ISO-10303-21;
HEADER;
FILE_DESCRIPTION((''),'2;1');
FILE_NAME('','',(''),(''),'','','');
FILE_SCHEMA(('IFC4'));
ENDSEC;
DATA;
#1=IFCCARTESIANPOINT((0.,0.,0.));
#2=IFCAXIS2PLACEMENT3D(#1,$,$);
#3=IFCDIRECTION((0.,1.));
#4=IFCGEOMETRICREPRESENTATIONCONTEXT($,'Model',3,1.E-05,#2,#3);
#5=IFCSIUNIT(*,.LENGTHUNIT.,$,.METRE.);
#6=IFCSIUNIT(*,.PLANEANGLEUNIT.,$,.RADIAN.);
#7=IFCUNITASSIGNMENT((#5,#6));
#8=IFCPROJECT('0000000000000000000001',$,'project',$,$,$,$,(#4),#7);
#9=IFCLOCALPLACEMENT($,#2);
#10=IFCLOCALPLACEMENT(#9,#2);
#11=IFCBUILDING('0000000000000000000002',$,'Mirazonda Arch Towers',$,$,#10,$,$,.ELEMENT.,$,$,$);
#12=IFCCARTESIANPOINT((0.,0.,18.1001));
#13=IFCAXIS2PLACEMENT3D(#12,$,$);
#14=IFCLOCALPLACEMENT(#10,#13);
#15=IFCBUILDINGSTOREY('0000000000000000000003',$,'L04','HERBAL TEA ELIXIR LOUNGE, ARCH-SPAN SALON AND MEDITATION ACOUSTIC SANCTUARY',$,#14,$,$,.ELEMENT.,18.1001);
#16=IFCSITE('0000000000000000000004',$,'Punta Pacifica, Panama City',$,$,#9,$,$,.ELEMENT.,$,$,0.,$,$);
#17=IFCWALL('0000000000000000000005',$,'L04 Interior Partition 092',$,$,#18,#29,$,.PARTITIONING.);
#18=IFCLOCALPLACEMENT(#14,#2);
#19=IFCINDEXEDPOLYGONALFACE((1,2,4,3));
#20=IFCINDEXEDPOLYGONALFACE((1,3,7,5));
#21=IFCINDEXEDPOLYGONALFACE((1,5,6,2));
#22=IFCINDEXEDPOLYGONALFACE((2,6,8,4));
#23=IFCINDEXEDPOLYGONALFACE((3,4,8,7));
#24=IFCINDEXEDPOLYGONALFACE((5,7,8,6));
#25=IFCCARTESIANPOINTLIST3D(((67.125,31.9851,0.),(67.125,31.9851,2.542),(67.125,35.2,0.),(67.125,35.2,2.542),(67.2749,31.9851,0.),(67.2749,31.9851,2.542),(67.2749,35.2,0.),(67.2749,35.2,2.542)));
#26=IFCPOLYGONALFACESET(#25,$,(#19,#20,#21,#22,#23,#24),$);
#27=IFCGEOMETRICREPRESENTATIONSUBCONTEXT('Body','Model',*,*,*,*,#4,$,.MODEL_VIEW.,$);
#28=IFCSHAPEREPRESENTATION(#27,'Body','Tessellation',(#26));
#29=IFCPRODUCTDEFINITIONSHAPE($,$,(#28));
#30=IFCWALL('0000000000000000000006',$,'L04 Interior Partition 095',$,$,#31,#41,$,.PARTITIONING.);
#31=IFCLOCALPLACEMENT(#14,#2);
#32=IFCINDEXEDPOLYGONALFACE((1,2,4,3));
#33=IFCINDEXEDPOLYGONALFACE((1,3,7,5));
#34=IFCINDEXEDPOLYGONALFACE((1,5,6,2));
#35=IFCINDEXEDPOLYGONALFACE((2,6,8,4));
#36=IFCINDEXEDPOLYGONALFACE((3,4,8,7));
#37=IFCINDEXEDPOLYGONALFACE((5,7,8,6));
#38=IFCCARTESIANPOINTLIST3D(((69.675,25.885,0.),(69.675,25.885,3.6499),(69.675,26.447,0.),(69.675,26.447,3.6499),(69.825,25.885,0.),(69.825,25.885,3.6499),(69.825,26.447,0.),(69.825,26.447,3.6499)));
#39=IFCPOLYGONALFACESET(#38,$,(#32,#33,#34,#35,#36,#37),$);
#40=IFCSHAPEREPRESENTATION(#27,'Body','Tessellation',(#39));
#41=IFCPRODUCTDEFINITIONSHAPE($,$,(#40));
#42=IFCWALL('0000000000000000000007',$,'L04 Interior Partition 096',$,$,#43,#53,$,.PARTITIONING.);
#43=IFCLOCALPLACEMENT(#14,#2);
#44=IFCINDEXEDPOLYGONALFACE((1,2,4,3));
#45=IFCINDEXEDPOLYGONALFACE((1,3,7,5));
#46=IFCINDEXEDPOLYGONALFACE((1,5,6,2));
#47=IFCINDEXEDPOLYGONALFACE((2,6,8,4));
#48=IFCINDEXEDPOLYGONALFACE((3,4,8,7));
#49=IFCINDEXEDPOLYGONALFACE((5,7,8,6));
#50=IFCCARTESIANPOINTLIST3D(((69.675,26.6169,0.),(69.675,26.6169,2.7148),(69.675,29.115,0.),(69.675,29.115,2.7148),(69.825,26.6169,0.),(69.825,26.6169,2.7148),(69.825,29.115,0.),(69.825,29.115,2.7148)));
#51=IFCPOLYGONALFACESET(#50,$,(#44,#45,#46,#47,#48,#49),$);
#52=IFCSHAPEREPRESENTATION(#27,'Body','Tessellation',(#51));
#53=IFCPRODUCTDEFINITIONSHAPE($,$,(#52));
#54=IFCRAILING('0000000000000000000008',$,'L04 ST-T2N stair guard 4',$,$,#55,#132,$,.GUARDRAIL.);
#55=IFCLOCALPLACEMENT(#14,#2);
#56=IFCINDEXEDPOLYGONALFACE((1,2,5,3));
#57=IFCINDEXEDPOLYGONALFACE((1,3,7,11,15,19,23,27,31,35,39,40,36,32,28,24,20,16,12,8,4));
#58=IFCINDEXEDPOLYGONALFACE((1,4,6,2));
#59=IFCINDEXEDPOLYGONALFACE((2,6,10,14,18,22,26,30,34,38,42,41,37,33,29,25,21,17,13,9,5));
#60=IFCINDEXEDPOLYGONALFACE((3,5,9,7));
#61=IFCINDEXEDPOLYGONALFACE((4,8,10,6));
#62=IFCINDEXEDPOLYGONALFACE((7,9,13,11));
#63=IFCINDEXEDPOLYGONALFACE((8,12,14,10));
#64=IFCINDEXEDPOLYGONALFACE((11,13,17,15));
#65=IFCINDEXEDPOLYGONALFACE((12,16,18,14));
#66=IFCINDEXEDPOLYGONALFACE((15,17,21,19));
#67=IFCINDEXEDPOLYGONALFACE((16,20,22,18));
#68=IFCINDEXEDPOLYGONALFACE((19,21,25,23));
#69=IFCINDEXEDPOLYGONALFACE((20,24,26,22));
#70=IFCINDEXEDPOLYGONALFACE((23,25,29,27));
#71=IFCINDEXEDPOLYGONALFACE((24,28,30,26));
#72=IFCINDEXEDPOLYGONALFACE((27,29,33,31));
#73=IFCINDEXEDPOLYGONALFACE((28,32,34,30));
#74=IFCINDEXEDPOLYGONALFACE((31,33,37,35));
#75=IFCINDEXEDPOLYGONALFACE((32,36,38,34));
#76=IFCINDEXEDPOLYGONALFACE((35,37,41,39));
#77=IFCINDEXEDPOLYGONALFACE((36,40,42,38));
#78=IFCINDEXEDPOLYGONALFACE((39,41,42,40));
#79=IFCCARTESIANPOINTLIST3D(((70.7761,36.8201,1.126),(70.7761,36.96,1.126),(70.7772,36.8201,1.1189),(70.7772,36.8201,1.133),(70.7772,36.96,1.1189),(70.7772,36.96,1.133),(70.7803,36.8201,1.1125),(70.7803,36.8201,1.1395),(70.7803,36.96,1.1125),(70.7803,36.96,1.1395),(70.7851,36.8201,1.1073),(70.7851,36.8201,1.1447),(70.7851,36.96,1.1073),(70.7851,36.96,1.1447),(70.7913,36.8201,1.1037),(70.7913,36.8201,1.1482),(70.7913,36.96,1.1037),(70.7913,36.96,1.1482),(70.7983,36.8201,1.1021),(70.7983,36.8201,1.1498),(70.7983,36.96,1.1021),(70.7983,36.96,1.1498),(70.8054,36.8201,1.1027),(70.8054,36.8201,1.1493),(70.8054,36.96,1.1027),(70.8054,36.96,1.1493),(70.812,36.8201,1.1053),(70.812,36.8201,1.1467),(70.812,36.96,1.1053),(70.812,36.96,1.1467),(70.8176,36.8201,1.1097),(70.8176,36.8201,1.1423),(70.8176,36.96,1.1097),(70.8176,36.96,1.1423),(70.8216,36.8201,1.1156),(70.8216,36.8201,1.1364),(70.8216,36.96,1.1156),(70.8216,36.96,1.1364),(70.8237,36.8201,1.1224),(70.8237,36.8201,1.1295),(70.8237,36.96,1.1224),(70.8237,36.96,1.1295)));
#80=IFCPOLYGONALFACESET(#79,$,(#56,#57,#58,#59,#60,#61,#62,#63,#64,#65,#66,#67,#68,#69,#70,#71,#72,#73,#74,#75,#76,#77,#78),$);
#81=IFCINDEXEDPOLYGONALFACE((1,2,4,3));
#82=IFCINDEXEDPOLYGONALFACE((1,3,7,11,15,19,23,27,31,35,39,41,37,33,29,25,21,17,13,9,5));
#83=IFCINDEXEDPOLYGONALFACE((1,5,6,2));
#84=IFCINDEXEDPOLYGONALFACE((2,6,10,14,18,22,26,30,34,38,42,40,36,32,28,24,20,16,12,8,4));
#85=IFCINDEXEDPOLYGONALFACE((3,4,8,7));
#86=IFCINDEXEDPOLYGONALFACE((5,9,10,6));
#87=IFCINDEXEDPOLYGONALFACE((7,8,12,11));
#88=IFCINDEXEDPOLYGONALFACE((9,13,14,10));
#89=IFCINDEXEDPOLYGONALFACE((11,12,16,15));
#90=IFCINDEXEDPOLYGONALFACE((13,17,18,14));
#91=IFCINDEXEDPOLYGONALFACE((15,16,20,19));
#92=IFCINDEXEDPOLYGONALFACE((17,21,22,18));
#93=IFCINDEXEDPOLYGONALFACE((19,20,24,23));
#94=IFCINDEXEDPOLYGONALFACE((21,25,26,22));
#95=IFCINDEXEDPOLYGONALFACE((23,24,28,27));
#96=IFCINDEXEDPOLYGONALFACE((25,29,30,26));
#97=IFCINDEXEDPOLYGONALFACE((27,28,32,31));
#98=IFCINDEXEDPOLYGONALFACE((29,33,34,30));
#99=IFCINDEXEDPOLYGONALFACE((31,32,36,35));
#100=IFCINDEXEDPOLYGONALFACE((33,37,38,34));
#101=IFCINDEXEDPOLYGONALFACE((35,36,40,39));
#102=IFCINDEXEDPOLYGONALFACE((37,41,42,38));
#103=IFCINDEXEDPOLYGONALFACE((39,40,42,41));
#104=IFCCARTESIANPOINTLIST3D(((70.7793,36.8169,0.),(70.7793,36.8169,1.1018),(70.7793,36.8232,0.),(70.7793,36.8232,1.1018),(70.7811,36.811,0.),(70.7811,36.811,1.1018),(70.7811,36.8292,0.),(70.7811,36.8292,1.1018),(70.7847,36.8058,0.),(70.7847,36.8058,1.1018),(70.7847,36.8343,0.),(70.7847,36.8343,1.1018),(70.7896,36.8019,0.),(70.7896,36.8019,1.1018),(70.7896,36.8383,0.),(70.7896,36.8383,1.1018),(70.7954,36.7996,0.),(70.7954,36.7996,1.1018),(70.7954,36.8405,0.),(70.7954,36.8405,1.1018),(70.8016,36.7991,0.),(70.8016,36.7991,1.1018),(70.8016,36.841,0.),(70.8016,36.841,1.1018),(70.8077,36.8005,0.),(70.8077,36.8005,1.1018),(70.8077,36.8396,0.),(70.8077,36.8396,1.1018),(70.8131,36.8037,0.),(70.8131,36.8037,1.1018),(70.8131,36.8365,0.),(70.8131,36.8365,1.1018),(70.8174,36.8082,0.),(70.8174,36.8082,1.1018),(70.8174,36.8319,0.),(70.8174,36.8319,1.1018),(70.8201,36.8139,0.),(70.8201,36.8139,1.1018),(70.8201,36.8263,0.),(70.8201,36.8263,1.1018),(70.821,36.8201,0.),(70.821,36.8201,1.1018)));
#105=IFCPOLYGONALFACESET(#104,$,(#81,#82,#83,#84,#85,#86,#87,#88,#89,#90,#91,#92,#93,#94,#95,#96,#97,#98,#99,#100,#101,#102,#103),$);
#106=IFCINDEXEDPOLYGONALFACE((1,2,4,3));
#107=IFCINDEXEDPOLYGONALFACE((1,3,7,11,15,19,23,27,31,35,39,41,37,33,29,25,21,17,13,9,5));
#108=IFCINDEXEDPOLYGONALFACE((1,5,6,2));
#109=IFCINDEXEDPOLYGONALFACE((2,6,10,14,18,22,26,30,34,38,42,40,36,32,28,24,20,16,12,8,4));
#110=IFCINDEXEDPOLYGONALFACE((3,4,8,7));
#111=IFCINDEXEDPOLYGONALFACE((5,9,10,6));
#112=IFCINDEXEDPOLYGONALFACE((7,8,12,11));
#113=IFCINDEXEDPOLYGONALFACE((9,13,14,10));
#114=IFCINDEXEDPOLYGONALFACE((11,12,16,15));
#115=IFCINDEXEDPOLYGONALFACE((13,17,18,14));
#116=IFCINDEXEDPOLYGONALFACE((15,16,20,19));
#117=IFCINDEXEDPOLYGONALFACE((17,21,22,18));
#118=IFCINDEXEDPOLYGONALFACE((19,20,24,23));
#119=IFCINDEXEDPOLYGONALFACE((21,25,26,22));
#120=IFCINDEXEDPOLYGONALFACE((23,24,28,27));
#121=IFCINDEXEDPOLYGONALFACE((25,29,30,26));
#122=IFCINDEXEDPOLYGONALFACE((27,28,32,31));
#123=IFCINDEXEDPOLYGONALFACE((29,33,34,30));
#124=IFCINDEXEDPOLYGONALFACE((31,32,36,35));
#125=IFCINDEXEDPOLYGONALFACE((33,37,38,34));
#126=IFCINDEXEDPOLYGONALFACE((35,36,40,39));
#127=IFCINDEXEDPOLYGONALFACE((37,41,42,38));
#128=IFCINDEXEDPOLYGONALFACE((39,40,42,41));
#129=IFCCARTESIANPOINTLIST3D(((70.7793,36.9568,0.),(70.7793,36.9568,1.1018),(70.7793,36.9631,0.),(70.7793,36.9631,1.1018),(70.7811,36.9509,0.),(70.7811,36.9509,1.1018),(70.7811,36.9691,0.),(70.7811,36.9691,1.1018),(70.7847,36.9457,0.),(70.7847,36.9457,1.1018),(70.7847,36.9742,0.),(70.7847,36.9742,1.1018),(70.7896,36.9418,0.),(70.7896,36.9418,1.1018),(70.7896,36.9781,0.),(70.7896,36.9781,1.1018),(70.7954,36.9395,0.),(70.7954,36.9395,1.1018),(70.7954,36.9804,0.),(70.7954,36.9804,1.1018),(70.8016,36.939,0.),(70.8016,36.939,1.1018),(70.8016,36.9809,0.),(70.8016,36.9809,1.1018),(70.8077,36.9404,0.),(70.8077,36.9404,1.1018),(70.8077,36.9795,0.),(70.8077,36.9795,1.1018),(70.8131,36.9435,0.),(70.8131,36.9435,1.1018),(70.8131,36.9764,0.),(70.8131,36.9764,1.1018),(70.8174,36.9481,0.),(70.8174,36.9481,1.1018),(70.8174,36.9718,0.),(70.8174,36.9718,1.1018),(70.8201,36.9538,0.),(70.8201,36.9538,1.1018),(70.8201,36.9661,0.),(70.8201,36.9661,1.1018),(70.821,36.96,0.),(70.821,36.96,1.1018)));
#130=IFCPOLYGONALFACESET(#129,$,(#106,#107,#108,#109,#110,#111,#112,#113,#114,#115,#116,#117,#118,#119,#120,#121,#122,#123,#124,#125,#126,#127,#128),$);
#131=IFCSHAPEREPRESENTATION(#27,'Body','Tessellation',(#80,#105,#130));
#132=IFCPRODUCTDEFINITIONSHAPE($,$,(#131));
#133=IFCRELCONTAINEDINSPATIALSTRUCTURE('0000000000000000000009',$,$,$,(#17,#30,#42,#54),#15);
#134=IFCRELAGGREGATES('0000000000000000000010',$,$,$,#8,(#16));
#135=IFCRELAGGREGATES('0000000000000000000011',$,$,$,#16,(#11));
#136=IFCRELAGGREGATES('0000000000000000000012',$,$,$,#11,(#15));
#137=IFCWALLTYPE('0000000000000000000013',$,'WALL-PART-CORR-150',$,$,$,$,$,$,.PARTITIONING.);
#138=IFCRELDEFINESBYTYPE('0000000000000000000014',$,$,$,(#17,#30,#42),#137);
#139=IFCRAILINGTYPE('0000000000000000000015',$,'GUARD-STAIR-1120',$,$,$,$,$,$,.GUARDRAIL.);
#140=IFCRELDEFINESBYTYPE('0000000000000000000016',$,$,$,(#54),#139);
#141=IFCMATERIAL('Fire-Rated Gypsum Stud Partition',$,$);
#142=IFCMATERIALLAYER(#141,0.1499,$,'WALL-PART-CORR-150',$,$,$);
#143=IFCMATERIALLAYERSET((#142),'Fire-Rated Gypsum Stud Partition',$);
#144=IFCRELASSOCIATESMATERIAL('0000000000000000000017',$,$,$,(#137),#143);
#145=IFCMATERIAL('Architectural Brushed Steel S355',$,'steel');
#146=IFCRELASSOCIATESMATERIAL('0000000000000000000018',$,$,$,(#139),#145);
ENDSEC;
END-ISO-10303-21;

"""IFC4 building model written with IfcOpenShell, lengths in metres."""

from ifc_helpers import new_model, si_unit, direction, frame, frame_2d, origin, origin_2d, place, context, subcontext, project, spatial, rectangle, circle, extrude, material, layer, layer_set, type_object, element, save


model = new_model("IFC4")

# Units and contexts
model_context = context("Model", 3, precision=1e-05, world=origin(), true_north=direction((0.0, 1.0)))
body_context = subcontext(model_context, "Body", "Model", "MODEL_VIEW")
ifc_project = project(units=[si_unit("LENGTHUNIT", "METRE"), si_unit("PLANEANGLEUNIT", "RADIAN")], contexts=[model_context])

# Site, building, storey
site_placement = place(None, origin())
site = spatial("IfcSite", under=ifc_project, at=site_placement, Name="Punta Pacifica, Panama City", CompositionType="ELEMENT", RefElevation=0.0)
building_placement = place(site_placement, origin())
building = spatial("IfcBuilding", under=site, at=building_placement, Name="Mirazonda Arch Towers", CompositionType="ELEMENT")
storey_placement = place(building_placement, frame((0.0, 0.0, 18.1001)))
storey = spatial("IfcBuildingStorey", under=building, at=storey_placement, Name="L04", Description="HERBAL TEA ELIXIR LOUNGE, ARCH-SPAN SALON AND MEDITATION ACOUSTIC SANCTUARY", CompositionType="ELEMENT", Elevation=18.1001)

# Shared definitions
ifc_material_1 = material(Name="Architectural Brushed Steel S355", Category="steel")

# Shared definitions
ifc_material_2 = material(Name="Fire-Rated Gypsum Stud Partition")
ifc_layer_1 = layer(ifc_material_2, 0.1499, Name="WALL-PART-CORR-150")
ifc_layer_set_1 = layer_set([ifc_layer_1], Name="Fire-Rated Gypsum Stud Partition")
wall_type_1 = type_object("IfcWallType", Name="WALL-PART-CORR-150", PredefinedType="PARTITIONING", material=ifc_layer_set_1)

# Walls
wall_1_placement = place(storey_placement, frame((67.2, 31.9851, 0.0), z_axis=(0.0, 0.0, 1.0), x_axis=(0.0, 1.0, 0.0)))
element("IfcWall", 1, at=wall_1_placement, inside=storey, type_object=wall_type_1, Name="L04 Interior Partition 092", PredefinedType="PARTITIONING", context=body_context, shape_type="SweptSolid", body=[
    extrude(rectangle(XDim=3.2148, YDim=0.1499, at=frame_2d((1.6074, 0.0))), origin(), (0.0, 0.0, 1.0), 2.542),
])
wall_2_placement = place(storey_placement, frame((69.75, 25.885, 0.0), z_axis=(0.0, 0.0, 1.0), x_axis=(0.0, 1.0, 0.0)))
element("IfcWall", 2, at=wall_2_placement, inside=storey, type_object=wall_type_1, Name="L04 Interior Partition 095", PredefinedType="PARTITIONING", context=body_context, shape_type="SweptSolid", body=[
    extrude(rectangle(XDim=0.562, YDim=0.1499, at=frame_2d((0.281, 0.0))), origin(), (0.0, 0.0, 1.0), 3.6499),
])
wall_3_placement = place(storey_placement, frame((69.75, 26.6169, 0.0), z_axis=(0.0, 0.0, 1.0), x_axis=(0.0, 1.0, 0.0)))
element("IfcWall", 3, at=wall_3_placement, inside=storey, type_object=wall_type_1, Name="L04 Interior Partition 096", PredefinedType="PARTITIONING", context=body_context, shape_type="SweptSolid", body=[
    extrude(rectangle(XDim=2.498, YDim=0.1499, at=frame_2d((1.249, 0.0))), origin(), (0.0, 0.0, 1.0), 2.7148),
])

# Railing
railing_type = type_object("IfcRailingType", Name="GUARD-STAIR-1120", PredefinedType="GUARDRAIL", material=ifc_material_1)
railing_placement = place(storey_placement, frame((70.8, 36.8201, 0.0)))
element("IfcRailing", 4, at=railing_placement, inside=storey, type_object=railing_type, Name="L04 ST-T2N stair guard 4", PredefinedType="GUARDRAIL", context=body_context, shape_type="SweptSolid", body=[
    extrude(circle(Radius=0.0239, at=origin_2d()), frame((0.0, 0.0, 1.126), z_axis=(0.0, 1.0, 0.0), x_axis=(-1.0, 0.0, 0.0)), (0.0, 0.0, 1.0), 0.1399),
    extrude(circle(Radius=0.021, at=origin_2d()), origin(), (0.0, 0.0, 1.0), 1.1018),
    extrude(circle(Radius=0.021, at=origin_2d()), frame((0.0, 0.1399, 0.0)), (0.0, 0.0, 1.0), 1.1018),
])

save(model, "model.ifc")
